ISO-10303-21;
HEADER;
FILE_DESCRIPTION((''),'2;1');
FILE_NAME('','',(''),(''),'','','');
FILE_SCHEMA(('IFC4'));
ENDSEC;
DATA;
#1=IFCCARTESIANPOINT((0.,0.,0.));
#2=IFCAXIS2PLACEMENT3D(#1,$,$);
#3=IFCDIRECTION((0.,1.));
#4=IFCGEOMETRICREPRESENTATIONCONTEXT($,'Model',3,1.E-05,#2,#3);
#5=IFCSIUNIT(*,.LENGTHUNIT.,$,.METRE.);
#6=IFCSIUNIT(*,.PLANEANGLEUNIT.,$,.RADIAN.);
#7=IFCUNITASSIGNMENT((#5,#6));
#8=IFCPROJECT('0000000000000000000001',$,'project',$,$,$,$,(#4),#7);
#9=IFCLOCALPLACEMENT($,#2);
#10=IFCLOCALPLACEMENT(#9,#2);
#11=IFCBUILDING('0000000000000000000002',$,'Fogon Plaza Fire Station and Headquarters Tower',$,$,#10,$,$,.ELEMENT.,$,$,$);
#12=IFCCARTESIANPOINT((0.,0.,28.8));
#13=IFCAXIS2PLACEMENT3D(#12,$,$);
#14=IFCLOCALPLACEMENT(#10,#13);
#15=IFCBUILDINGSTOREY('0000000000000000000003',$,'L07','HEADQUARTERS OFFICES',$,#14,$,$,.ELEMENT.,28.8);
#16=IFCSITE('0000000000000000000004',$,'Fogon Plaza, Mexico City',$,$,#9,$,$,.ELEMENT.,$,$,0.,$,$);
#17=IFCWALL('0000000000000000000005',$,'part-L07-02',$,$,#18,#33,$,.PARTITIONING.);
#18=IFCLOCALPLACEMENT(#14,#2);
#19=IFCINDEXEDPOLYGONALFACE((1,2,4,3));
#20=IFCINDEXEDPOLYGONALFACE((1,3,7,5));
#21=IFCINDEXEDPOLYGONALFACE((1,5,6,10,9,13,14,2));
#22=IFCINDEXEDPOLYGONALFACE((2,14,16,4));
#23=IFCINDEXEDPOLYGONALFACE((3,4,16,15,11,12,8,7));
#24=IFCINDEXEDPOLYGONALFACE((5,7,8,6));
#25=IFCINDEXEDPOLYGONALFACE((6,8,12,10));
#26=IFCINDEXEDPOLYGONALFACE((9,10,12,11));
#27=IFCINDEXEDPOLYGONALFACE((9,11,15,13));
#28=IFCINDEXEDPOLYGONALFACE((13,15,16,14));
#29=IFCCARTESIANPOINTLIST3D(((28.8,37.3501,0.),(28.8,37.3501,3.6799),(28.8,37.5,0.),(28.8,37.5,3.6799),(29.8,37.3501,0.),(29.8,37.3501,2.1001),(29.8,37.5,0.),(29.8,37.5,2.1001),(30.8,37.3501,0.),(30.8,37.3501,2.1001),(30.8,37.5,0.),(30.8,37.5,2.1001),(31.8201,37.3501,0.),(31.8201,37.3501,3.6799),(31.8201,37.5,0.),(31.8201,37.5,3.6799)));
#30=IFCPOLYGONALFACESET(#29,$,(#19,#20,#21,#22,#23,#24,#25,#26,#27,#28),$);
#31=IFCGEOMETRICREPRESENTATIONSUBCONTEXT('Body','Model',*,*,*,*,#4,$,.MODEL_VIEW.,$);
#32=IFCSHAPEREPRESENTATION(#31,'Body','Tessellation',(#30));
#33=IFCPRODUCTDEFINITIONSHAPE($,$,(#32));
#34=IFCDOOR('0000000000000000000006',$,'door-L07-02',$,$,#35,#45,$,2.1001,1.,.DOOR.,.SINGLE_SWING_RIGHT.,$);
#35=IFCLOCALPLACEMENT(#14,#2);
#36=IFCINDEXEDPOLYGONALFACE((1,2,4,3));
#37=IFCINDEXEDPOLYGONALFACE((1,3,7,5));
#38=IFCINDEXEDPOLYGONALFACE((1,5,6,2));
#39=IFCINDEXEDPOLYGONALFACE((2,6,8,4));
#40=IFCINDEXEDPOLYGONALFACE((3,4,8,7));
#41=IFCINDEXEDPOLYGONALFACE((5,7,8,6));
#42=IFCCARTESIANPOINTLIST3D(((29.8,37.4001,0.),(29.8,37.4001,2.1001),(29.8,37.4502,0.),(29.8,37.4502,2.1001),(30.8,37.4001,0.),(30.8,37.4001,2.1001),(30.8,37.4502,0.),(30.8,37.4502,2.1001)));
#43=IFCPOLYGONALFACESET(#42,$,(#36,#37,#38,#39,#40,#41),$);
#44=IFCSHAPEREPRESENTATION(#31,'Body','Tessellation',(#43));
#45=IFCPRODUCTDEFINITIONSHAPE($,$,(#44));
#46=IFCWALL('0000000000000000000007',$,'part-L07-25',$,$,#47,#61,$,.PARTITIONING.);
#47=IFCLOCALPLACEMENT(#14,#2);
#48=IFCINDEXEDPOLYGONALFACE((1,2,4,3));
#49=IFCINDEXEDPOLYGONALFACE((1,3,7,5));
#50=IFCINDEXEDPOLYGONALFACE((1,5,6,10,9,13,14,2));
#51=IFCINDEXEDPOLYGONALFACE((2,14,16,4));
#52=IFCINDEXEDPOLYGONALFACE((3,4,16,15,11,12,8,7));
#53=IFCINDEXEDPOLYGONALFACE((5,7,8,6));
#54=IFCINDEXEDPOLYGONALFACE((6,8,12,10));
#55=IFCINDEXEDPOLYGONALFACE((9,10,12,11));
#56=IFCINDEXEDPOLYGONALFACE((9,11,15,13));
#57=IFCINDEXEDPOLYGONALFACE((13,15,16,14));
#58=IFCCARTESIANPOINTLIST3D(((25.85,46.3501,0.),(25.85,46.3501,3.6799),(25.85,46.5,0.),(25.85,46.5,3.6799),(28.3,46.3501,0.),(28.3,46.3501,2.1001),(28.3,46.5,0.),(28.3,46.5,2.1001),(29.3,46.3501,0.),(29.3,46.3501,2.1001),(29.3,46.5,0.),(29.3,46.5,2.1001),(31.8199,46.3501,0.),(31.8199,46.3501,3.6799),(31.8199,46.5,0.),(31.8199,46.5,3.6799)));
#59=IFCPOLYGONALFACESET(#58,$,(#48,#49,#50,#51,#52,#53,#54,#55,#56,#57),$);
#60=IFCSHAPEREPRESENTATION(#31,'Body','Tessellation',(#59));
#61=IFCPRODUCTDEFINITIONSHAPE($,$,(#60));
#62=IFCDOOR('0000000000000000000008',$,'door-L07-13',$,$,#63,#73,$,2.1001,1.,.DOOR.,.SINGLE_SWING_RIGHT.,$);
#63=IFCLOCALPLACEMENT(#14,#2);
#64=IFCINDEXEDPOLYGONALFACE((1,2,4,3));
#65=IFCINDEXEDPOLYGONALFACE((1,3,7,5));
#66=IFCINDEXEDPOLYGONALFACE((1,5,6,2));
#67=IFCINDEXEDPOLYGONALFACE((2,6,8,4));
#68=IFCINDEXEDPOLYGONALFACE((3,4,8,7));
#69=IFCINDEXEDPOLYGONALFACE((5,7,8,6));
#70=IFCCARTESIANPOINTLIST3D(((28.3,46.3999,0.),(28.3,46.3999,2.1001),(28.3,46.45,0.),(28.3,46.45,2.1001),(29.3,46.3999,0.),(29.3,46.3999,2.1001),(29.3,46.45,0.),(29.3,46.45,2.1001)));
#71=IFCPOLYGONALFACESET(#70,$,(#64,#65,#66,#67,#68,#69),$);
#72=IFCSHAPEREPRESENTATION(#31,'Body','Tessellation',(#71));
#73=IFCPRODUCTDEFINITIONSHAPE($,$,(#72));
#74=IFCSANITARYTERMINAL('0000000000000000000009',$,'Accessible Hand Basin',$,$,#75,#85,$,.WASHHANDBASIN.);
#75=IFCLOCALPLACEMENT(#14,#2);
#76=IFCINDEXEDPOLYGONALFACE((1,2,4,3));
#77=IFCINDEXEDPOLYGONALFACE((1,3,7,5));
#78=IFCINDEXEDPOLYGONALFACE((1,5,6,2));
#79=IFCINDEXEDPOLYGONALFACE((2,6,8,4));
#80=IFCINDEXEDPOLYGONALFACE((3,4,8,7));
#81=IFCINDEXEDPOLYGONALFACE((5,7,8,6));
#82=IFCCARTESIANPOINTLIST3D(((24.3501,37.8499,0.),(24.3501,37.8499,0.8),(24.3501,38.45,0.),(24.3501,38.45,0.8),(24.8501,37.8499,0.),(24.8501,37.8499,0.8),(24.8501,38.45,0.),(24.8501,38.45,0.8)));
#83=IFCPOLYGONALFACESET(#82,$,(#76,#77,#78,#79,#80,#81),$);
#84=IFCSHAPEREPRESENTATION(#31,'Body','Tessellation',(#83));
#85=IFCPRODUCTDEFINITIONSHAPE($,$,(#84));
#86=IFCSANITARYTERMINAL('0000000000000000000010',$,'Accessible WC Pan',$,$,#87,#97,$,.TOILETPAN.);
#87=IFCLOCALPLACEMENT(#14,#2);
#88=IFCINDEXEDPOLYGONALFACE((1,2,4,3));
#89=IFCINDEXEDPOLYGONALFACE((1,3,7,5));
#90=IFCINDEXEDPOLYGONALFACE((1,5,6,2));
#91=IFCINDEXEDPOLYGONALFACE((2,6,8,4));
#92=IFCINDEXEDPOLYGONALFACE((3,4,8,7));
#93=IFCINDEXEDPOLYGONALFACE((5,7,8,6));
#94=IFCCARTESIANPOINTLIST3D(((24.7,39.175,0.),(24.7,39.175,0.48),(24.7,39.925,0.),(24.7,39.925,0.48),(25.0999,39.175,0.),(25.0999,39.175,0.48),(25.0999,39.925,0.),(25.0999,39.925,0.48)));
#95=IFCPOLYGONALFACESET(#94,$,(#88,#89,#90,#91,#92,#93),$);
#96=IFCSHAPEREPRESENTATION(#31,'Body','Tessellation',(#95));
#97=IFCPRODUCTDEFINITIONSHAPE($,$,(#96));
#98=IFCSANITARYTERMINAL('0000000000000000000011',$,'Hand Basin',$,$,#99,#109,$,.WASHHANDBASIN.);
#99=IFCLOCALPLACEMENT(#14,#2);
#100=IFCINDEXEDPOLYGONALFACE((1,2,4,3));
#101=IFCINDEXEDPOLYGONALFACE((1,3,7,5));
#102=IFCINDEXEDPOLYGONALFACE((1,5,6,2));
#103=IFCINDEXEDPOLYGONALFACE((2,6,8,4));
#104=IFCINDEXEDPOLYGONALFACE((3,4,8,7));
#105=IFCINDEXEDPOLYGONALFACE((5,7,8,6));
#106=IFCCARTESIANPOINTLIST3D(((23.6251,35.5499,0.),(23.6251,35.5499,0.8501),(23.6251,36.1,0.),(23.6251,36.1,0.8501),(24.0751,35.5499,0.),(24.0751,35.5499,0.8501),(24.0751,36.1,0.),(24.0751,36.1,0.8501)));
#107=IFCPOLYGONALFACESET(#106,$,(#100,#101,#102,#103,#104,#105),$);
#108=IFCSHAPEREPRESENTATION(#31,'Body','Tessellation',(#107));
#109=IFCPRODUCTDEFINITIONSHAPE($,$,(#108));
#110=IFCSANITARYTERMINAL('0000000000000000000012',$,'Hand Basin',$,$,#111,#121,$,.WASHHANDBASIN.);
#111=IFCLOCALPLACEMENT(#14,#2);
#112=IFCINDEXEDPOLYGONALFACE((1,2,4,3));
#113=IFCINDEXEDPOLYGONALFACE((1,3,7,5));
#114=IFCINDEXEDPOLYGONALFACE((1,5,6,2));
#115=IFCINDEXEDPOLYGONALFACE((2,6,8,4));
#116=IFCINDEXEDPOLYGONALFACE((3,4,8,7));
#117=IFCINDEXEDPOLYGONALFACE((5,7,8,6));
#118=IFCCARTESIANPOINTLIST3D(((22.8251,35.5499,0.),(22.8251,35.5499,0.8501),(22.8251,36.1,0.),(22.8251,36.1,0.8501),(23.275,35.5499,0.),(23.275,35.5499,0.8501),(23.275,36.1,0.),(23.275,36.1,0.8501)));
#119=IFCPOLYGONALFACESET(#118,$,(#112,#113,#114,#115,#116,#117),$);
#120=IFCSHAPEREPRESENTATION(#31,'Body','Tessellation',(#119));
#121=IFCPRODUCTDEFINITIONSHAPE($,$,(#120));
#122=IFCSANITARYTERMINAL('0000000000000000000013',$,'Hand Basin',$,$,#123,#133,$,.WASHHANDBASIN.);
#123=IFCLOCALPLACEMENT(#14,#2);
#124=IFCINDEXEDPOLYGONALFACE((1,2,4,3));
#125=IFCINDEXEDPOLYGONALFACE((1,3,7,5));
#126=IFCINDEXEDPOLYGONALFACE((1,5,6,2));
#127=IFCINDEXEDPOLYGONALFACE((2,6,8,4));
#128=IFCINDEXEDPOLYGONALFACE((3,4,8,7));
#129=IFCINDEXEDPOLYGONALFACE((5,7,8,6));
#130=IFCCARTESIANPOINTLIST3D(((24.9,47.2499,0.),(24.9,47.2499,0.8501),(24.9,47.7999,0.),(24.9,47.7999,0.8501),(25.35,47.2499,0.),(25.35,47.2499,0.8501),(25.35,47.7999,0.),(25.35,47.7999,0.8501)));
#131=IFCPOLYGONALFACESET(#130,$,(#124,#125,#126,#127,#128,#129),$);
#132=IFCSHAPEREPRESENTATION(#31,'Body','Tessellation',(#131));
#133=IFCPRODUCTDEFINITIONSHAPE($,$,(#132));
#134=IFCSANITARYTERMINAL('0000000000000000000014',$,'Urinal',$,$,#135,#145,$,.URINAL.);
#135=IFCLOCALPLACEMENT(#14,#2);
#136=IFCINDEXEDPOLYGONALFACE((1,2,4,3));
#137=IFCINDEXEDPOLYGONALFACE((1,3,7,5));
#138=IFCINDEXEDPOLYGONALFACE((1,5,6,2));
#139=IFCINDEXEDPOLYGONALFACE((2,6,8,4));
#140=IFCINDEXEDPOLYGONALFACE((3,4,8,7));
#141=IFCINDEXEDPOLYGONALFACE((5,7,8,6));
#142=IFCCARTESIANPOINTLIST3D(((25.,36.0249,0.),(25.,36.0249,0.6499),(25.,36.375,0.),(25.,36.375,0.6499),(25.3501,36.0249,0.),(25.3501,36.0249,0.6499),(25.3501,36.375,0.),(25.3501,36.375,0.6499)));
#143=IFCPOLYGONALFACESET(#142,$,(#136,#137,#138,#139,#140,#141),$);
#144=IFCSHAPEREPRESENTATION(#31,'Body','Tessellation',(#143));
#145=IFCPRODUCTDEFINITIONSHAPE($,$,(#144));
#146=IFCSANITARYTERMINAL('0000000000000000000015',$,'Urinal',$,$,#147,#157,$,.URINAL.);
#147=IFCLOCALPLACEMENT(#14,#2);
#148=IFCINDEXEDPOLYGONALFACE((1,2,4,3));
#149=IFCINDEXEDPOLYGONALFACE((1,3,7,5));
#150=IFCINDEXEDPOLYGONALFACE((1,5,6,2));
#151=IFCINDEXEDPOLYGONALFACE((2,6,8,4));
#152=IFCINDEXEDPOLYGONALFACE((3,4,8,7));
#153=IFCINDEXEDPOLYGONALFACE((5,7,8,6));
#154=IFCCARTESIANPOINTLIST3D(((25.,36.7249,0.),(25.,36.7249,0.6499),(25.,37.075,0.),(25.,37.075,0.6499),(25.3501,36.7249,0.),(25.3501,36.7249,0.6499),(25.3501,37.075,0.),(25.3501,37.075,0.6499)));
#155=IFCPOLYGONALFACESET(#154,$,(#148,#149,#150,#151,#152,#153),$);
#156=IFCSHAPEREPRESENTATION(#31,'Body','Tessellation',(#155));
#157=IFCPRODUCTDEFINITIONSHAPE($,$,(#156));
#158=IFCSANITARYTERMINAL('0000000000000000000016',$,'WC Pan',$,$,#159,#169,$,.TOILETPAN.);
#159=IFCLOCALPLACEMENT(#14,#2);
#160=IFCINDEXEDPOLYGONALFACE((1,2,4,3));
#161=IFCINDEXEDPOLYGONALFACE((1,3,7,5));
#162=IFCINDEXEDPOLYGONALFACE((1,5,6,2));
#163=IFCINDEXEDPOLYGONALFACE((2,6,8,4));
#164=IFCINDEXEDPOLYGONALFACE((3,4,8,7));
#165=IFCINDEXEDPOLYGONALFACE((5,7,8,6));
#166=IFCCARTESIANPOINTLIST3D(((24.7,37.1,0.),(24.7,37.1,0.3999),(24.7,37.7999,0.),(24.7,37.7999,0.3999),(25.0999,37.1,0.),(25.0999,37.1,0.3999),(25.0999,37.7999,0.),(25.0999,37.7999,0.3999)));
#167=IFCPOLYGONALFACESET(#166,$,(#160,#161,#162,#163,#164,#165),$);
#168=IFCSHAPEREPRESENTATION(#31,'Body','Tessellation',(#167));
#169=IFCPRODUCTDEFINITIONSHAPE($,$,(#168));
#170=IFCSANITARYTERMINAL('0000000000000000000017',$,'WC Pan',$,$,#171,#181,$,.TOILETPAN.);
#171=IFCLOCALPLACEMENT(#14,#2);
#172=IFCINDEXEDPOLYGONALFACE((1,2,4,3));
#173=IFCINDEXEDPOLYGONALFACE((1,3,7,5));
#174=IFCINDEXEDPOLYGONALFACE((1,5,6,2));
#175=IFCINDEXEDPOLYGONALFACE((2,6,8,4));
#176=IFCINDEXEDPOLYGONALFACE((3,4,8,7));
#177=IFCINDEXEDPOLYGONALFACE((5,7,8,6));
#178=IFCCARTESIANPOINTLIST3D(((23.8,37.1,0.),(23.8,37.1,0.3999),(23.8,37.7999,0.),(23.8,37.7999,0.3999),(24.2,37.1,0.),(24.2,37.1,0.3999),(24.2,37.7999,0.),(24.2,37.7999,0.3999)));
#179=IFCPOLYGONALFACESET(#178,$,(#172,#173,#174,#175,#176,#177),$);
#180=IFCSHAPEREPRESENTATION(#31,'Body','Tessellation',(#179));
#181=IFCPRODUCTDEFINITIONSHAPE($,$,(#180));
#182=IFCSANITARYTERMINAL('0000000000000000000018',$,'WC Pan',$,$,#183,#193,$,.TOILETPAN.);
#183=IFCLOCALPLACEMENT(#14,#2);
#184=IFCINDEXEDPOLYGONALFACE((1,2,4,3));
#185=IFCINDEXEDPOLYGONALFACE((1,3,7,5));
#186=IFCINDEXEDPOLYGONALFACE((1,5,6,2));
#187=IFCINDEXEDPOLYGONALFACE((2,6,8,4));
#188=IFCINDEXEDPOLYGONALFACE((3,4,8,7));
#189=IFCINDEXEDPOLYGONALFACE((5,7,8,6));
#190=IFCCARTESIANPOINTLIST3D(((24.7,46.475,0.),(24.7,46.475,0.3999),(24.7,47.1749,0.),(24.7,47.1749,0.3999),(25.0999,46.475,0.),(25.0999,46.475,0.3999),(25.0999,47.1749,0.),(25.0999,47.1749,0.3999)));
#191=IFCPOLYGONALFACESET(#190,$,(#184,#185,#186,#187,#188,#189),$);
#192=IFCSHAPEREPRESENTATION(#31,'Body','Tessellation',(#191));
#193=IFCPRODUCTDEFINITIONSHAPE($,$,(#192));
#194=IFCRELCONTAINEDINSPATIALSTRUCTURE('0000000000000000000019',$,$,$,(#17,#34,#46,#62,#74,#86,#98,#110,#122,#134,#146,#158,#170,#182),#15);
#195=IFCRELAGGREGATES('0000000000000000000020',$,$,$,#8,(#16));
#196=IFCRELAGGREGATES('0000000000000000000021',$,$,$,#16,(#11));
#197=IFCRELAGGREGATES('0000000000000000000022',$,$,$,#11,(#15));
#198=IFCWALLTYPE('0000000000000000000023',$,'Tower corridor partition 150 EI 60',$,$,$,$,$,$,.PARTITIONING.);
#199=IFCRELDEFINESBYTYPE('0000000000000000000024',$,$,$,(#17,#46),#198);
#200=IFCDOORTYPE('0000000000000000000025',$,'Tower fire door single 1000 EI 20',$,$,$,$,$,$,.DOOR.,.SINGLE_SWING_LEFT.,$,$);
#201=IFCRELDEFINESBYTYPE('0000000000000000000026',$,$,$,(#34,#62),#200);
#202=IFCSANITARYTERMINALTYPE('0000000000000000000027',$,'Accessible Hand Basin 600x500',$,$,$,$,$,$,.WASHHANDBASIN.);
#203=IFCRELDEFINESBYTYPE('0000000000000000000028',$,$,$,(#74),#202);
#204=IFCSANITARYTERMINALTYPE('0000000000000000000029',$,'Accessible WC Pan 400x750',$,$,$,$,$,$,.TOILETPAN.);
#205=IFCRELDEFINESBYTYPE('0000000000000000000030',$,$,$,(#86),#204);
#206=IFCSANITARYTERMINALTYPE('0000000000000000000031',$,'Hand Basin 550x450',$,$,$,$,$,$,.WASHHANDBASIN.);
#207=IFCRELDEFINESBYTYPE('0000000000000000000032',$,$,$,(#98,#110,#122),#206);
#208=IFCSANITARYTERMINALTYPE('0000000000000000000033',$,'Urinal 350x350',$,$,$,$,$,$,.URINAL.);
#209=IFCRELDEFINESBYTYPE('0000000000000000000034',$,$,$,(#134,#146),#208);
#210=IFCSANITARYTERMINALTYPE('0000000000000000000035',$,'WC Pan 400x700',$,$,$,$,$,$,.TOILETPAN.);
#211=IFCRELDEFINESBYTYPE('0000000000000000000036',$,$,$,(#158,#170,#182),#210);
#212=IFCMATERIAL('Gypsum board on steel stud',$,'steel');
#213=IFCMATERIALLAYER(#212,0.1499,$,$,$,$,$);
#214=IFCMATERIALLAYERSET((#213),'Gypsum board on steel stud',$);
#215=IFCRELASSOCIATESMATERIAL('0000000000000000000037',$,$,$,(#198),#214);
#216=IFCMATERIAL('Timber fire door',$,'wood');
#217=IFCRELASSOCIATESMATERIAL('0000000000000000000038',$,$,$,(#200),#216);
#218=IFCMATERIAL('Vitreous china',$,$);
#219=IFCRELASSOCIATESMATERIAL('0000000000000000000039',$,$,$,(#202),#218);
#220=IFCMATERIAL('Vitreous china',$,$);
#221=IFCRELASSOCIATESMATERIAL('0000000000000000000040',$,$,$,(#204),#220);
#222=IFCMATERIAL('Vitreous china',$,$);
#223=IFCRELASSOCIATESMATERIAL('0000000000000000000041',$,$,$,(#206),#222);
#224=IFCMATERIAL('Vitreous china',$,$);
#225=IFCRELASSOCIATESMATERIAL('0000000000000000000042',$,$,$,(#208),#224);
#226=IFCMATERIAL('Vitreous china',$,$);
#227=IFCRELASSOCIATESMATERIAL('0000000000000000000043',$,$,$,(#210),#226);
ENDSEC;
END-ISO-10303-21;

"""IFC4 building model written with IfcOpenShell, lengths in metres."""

from ifc_helpers import new_model, si_unit, direction, frame, frame_2d, origin, origin_2d, place, context, subcontext, project, spatial, rectangle, extrude, material, layer, layer_set, type_object, element, fill, save


model = new_model("IFC4")

# Units and contexts
model_context = context("Model", 3, precision=1e-05, world=origin(), true_north=direction((0.0, 1.0)))
body_context = subcontext(model_context, "Body", "Model", "MODEL_VIEW")
ifc_project = project(units=[si_unit("LENGTHUNIT", "METRE"), si_unit("PLANEANGLEUNIT", "RADIAN")], contexts=[model_context])

# Site, building, storey
site_placement = place(None, origin())
site = spatial("IfcSite", under=ifc_project, at=site_placement, Name="Fogon Plaza, Mexico City", CompositionType="ELEMENT", RefElevation=0.0)
building_placement = place(site_placement, origin())
building = spatial("IfcBuilding", under=site, at=building_placement, Name="Fogon Plaza Fire Station and Headquarters Tower", CompositionType="ELEMENT")
storey_placement = place(building_placement, frame((0.0, 0.0, 28.8)))
storey = spatial("IfcBuildingStorey", under=building, at=storey_placement, Name="L07", Description="HEADQUARTERS OFFICES", CompositionType="ELEMENT", Elevation=28.8)

# Walls, openings, doors
ifc_material_1 = material(Name="Gypsum board on steel stud", Category="steel")
ifc_layer_1 = layer(ifc_material_1, 0.1499)
ifc_layer_set_1 = layer_set([ifc_layer_1], Name="Gypsum board on steel stud")
wall_type_1 = type_object("IfcWallType", Name="Tower corridor partition 150 EI 60", PredefinedType="PARTITIONING", material=ifc_layer_set_1)
ifc_material_2 = material(Name="Timber fire door", Category="wood")
door_type_1 = type_object("IfcDoorType", Name="Tower fire door single 1000 EI 20", OperationType="SINGLE_SWING_LEFT", PredefinedType="DOOR", material=ifc_material_2)
wall_1_placement = place(storey_placement, frame((28.8, 37.425, 0.0), z_axis=(0.0, 0.0, 1.0), x_axis=(1.0, 0.0, 0.0)))
wall_1 = element("IfcWall", 1, at=wall_1_placement, inside=storey, type_object=wall_type_1, Name="part-L07-02", PredefinedType="PARTITIONING", context=body_context, shape_type="SweptSolid", body=[
    extrude(rectangle(XDim=3.02, YDim=0.1499, at=frame_2d((1.51, 0.0))), origin(), (0.0, 0.0, 1.0), 3.6799),
])
opening_1_placement = place(wall_1_placement, frame((1.0, 0.0, 0.0)))
opening_1 = element("IfcOpeningElement", 2, at=opening_1_placement, cuts=wall_1, PredefinedType="OPENING", context=body_context, shape_type="SweptSolid", body=[
    extrude(rectangle(XDim=1.0, YDim=2.1001, at=frame_2d((0.5, 1.05))), frame((0.0, 0.085, 0.0), z_axis=(0.0, -1.0, 0.0), x_axis=(1.0, 0.0, 0.0)), (0.0, 0.0, 1.0), 0.1699),
])
door_1_placement = place(opening_1_placement, frame((1.0, 0.0, 0.0), z_axis=(0.0, 0.0, 1.0), x_axis=(-1.0, 0.0, 0.0)))
door_1 = element("IfcDoor", 3, at=door_1_placement, inside=storey, type_object=door_type_1, Name="door-L07-02", OperationType="SINGLE_SWING_RIGHT", OverallHeight=2.1001, OverallWidth=1.0, PredefinedType="DOOR", context=body_context, shape_type="SweptSolid", body=[
    extrude(rectangle(XDim=1.0, YDim=2.1001, at=frame_2d((0.5, 1.05))), frame((0.0, 0.0249, 0.0), z_axis=(0.0, -1.0, 0.0), x_axis=(1.0, 0.0, 0.0)), (0.0, 0.0, 1.0), 0.05),
])
fill(opening_1, door_1)
wall_2_placement = place(storey_placement, frame((25.8501, 46.425, 0.0), z_axis=(0.0, 0.0, 1.0), x_axis=(1.0, 0.0, 0.0)))
wall_2 = element("IfcWall", 4, at=wall_2_placement, inside=storey, type_object=wall_type_1, Name="part-L07-25", PredefinedType="PARTITIONING", context=body_context, shape_type="SweptSolid", body=[
    extrude(rectangle(XDim=5.97, YDim=0.1499, at=frame_2d((2.9849, 0.0))), origin(), (0.0, 0.0, 1.0), 3.6799),
])
opening_2_placement = place(wall_2_placement, frame((2.45, 0.0, 0.0)))
opening_2 = element("IfcOpeningElement", 5, at=opening_2_placement, cuts=wall_2, PredefinedType="OPENING", context=body_context, shape_type="SweptSolid", body=[
    extrude(rectangle(XDim=1.0, YDim=2.1001, at=frame_2d((0.5, 1.05))), frame((0.0, 0.085, 0.0), z_axis=(0.0, -1.0, 0.0), x_axis=(1.0, 0.0, 0.0)), (0.0, 0.0, 1.0), 0.1699),
])
door_2_placement = place(opening_2_placement, origin())
door_2 = element("IfcDoor", 6, at=door_2_placement, inside=storey, type_object=door_type_1, Name="door-L07-13", OperationType="SINGLE_SWING_RIGHT", OverallHeight=2.1001, OverallWidth=1.0, PredefinedType="DOOR", context=body_context, shape_type="SweptSolid", body=[
    extrude(rectangle(XDim=1.0, YDim=2.1001, at=frame_2d((0.5, 1.05))), frame((0.0, 0.0249, 0.0), z_axis=(0.0, -1.0, 0.0), x_axis=(1.0, 0.0, 0.0)), (0.0, 0.0, 1.0), 0.05),
])
fill(opening_2, door_2)

# Sanitary terminals
ifc_material_3 = material(Name="Vitreous china")
sanitary_terminal_type_1 = type_object("IfcSanitaryTerminalType", Name="Accessible Hand Basin 600x500", PredefinedType="WASHHANDBASIN", material=ifc_material_3)
sanitary_terminal_1_placement = place(storey_placement, frame((24.6001, 38.1499, 0.0), z_axis=(0.0, 0.0, 1.0), x_axis=(1.0, 0.0, 0.0)))
element("IfcSanitaryTerminal", 7, at=sanitary_terminal_1_placement, inside=storey, type_object=sanitary_terminal_type_1, Name="Accessible Hand Basin", PredefinedType="WASHHANDBASIN", context=body_context, shape_type="SweptSolid", body=[
    extrude(rectangle(XDim=0.5, YDim=0.6001, at=origin_2d()), origin(), (0.0, 0.0, 1.0), 0.8),
])
ifc_material_4 = material(Name="Vitreous china")
sanitary_terminal_type_2 = type_object("IfcSanitaryTerminalType", Name="Accessible WC Pan 400x750", PredefinedType="TOILETPAN", material=ifc_material_4)
sanitary_terminal_2_placement = place(storey_placement, frame((24.8999, 39.55, 0.0), z_axis=(0.0, 0.0, 1.0), x_axis=(1.0, 0.0, 0.0)))
element("IfcSanitaryTerminal", 8, at=sanitary_terminal_2_placement, inside=storey, type_object=sanitary_terminal_type_2, Name="Accessible WC Pan", PredefinedType="TOILETPAN", context=body_context, shape_type="SweptSolid", body=[
    extrude(rectangle(XDim=0.3999, YDim=0.75, at=origin_2d()), origin(), (0.0, 0.0, 1.0), 0.48),
])
ifc_material_5 = material(Name="Vitreous china")
sanitary_terminal_type_3 = type_object("IfcSanitaryTerminalType", Name="Hand Basin 550x450", PredefinedType="WASHHANDBASIN", material=ifc_material_5)
for number, where, z_axis, x_axis, name in (
    (9, (23.8501, 35.825, 0.0), (0.0, 0.0, 1.0), (1.0, 0.0, 0.0), "Hand Basin"),
    (10, (23.05, 35.825, 0.0), (0.0, 0.0, 1.0), (1.0, 0.0, 0.0), "Hand Basin"),
    (11, (25.125, 47.5249, 0.0), (0.0, 0.0, 1.0), (1.0, 0.0, 0.0), "Hand Basin"),
):
    element("IfcSanitaryTerminal", number, at=place(storey_placement, frame(where, z_axis=z_axis, x_axis=x_axis)), inside=storey, type_object=sanitary_terminal_type_3, Name=name, PredefinedType="WASHHANDBASIN", context=body_context, shape_type="SweptSolid", body=[
        extrude(rectangle(XDim=0.45, YDim=0.55, at=origin_2d()), origin(), (0.0, 0.0, 1.0), 0.8501),
    ])
ifc_material_6 = material(Name="Vitreous china")
sanitary_terminal_type_4 = type_object("IfcSanitaryTerminalType", Name="Urinal 350x350", PredefinedType="URINAL", material=ifc_material_6)
for number, where, z_axis, x_axis, name in (
    (12, (25.175, 36.2, 0.0), (0.0, 0.0, 1.0), (1.0, 0.0, 0.0), "Urinal"),
    (13, (25.175, 36.8999, 0.0), (0.0, 0.0, 1.0), (1.0, 0.0, 0.0), "Urinal"),
):
    element("IfcSanitaryTerminal", number, at=place(storey_placement, frame(where, z_axis=z_axis, x_axis=x_axis)), inside=storey, type_object=sanitary_terminal_type_4, Name=name, PredefinedType="URINAL", context=body_context, shape_type="SweptSolid", body=[
        extrude(rectangle(XDim=0.3501, YDim=0.3501, at=origin_2d()), origin(), (0.0, 0.0, 1.0), 0.6499),
    ])
ifc_material_7 = material(Name="Vitreous china")
sanitary_terminal_type_5 = type_object("IfcSanitaryTerminalType", Name="WC Pan 400x700", PredefinedType="TOILETPAN", material=ifc_material_7)
for number, where, z_axis, x_axis, name in (
    (14, (24.8999, 37.45, 0.0), (0.0, 0.0, 1.0), (1.0, 0.0, 0.0), "WC Pan"),
    (15, (24.0, 37.45, 0.0), (0.0, 0.0, 1.0), (1.0, 0.0, 0.0), "WC Pan"),
    (16, (24.8999, 46.825, 0.0), (0.0, 0.0, 1.0), (1.0, 0.0, 0.0), "WC Pan"),
):
    element("IfcSanitaryTerminal", number, at=place(storey_placement, frame(where, z_axis=z_axis, x_axis=x_axis)), inside=storey, type_object=sanitary_terminal_type_5, Name=name, PredefinedType="TOILETPAN", context=body_context, shape_type="SweptSolid", body=[
        extrude(rectangle(XDim=0.3999, YDim=0.7, at=origin_2d()), origin(), (0.0, 0.0, 1.0), 0.3999),
    ])

save(model, "model.ifc")
